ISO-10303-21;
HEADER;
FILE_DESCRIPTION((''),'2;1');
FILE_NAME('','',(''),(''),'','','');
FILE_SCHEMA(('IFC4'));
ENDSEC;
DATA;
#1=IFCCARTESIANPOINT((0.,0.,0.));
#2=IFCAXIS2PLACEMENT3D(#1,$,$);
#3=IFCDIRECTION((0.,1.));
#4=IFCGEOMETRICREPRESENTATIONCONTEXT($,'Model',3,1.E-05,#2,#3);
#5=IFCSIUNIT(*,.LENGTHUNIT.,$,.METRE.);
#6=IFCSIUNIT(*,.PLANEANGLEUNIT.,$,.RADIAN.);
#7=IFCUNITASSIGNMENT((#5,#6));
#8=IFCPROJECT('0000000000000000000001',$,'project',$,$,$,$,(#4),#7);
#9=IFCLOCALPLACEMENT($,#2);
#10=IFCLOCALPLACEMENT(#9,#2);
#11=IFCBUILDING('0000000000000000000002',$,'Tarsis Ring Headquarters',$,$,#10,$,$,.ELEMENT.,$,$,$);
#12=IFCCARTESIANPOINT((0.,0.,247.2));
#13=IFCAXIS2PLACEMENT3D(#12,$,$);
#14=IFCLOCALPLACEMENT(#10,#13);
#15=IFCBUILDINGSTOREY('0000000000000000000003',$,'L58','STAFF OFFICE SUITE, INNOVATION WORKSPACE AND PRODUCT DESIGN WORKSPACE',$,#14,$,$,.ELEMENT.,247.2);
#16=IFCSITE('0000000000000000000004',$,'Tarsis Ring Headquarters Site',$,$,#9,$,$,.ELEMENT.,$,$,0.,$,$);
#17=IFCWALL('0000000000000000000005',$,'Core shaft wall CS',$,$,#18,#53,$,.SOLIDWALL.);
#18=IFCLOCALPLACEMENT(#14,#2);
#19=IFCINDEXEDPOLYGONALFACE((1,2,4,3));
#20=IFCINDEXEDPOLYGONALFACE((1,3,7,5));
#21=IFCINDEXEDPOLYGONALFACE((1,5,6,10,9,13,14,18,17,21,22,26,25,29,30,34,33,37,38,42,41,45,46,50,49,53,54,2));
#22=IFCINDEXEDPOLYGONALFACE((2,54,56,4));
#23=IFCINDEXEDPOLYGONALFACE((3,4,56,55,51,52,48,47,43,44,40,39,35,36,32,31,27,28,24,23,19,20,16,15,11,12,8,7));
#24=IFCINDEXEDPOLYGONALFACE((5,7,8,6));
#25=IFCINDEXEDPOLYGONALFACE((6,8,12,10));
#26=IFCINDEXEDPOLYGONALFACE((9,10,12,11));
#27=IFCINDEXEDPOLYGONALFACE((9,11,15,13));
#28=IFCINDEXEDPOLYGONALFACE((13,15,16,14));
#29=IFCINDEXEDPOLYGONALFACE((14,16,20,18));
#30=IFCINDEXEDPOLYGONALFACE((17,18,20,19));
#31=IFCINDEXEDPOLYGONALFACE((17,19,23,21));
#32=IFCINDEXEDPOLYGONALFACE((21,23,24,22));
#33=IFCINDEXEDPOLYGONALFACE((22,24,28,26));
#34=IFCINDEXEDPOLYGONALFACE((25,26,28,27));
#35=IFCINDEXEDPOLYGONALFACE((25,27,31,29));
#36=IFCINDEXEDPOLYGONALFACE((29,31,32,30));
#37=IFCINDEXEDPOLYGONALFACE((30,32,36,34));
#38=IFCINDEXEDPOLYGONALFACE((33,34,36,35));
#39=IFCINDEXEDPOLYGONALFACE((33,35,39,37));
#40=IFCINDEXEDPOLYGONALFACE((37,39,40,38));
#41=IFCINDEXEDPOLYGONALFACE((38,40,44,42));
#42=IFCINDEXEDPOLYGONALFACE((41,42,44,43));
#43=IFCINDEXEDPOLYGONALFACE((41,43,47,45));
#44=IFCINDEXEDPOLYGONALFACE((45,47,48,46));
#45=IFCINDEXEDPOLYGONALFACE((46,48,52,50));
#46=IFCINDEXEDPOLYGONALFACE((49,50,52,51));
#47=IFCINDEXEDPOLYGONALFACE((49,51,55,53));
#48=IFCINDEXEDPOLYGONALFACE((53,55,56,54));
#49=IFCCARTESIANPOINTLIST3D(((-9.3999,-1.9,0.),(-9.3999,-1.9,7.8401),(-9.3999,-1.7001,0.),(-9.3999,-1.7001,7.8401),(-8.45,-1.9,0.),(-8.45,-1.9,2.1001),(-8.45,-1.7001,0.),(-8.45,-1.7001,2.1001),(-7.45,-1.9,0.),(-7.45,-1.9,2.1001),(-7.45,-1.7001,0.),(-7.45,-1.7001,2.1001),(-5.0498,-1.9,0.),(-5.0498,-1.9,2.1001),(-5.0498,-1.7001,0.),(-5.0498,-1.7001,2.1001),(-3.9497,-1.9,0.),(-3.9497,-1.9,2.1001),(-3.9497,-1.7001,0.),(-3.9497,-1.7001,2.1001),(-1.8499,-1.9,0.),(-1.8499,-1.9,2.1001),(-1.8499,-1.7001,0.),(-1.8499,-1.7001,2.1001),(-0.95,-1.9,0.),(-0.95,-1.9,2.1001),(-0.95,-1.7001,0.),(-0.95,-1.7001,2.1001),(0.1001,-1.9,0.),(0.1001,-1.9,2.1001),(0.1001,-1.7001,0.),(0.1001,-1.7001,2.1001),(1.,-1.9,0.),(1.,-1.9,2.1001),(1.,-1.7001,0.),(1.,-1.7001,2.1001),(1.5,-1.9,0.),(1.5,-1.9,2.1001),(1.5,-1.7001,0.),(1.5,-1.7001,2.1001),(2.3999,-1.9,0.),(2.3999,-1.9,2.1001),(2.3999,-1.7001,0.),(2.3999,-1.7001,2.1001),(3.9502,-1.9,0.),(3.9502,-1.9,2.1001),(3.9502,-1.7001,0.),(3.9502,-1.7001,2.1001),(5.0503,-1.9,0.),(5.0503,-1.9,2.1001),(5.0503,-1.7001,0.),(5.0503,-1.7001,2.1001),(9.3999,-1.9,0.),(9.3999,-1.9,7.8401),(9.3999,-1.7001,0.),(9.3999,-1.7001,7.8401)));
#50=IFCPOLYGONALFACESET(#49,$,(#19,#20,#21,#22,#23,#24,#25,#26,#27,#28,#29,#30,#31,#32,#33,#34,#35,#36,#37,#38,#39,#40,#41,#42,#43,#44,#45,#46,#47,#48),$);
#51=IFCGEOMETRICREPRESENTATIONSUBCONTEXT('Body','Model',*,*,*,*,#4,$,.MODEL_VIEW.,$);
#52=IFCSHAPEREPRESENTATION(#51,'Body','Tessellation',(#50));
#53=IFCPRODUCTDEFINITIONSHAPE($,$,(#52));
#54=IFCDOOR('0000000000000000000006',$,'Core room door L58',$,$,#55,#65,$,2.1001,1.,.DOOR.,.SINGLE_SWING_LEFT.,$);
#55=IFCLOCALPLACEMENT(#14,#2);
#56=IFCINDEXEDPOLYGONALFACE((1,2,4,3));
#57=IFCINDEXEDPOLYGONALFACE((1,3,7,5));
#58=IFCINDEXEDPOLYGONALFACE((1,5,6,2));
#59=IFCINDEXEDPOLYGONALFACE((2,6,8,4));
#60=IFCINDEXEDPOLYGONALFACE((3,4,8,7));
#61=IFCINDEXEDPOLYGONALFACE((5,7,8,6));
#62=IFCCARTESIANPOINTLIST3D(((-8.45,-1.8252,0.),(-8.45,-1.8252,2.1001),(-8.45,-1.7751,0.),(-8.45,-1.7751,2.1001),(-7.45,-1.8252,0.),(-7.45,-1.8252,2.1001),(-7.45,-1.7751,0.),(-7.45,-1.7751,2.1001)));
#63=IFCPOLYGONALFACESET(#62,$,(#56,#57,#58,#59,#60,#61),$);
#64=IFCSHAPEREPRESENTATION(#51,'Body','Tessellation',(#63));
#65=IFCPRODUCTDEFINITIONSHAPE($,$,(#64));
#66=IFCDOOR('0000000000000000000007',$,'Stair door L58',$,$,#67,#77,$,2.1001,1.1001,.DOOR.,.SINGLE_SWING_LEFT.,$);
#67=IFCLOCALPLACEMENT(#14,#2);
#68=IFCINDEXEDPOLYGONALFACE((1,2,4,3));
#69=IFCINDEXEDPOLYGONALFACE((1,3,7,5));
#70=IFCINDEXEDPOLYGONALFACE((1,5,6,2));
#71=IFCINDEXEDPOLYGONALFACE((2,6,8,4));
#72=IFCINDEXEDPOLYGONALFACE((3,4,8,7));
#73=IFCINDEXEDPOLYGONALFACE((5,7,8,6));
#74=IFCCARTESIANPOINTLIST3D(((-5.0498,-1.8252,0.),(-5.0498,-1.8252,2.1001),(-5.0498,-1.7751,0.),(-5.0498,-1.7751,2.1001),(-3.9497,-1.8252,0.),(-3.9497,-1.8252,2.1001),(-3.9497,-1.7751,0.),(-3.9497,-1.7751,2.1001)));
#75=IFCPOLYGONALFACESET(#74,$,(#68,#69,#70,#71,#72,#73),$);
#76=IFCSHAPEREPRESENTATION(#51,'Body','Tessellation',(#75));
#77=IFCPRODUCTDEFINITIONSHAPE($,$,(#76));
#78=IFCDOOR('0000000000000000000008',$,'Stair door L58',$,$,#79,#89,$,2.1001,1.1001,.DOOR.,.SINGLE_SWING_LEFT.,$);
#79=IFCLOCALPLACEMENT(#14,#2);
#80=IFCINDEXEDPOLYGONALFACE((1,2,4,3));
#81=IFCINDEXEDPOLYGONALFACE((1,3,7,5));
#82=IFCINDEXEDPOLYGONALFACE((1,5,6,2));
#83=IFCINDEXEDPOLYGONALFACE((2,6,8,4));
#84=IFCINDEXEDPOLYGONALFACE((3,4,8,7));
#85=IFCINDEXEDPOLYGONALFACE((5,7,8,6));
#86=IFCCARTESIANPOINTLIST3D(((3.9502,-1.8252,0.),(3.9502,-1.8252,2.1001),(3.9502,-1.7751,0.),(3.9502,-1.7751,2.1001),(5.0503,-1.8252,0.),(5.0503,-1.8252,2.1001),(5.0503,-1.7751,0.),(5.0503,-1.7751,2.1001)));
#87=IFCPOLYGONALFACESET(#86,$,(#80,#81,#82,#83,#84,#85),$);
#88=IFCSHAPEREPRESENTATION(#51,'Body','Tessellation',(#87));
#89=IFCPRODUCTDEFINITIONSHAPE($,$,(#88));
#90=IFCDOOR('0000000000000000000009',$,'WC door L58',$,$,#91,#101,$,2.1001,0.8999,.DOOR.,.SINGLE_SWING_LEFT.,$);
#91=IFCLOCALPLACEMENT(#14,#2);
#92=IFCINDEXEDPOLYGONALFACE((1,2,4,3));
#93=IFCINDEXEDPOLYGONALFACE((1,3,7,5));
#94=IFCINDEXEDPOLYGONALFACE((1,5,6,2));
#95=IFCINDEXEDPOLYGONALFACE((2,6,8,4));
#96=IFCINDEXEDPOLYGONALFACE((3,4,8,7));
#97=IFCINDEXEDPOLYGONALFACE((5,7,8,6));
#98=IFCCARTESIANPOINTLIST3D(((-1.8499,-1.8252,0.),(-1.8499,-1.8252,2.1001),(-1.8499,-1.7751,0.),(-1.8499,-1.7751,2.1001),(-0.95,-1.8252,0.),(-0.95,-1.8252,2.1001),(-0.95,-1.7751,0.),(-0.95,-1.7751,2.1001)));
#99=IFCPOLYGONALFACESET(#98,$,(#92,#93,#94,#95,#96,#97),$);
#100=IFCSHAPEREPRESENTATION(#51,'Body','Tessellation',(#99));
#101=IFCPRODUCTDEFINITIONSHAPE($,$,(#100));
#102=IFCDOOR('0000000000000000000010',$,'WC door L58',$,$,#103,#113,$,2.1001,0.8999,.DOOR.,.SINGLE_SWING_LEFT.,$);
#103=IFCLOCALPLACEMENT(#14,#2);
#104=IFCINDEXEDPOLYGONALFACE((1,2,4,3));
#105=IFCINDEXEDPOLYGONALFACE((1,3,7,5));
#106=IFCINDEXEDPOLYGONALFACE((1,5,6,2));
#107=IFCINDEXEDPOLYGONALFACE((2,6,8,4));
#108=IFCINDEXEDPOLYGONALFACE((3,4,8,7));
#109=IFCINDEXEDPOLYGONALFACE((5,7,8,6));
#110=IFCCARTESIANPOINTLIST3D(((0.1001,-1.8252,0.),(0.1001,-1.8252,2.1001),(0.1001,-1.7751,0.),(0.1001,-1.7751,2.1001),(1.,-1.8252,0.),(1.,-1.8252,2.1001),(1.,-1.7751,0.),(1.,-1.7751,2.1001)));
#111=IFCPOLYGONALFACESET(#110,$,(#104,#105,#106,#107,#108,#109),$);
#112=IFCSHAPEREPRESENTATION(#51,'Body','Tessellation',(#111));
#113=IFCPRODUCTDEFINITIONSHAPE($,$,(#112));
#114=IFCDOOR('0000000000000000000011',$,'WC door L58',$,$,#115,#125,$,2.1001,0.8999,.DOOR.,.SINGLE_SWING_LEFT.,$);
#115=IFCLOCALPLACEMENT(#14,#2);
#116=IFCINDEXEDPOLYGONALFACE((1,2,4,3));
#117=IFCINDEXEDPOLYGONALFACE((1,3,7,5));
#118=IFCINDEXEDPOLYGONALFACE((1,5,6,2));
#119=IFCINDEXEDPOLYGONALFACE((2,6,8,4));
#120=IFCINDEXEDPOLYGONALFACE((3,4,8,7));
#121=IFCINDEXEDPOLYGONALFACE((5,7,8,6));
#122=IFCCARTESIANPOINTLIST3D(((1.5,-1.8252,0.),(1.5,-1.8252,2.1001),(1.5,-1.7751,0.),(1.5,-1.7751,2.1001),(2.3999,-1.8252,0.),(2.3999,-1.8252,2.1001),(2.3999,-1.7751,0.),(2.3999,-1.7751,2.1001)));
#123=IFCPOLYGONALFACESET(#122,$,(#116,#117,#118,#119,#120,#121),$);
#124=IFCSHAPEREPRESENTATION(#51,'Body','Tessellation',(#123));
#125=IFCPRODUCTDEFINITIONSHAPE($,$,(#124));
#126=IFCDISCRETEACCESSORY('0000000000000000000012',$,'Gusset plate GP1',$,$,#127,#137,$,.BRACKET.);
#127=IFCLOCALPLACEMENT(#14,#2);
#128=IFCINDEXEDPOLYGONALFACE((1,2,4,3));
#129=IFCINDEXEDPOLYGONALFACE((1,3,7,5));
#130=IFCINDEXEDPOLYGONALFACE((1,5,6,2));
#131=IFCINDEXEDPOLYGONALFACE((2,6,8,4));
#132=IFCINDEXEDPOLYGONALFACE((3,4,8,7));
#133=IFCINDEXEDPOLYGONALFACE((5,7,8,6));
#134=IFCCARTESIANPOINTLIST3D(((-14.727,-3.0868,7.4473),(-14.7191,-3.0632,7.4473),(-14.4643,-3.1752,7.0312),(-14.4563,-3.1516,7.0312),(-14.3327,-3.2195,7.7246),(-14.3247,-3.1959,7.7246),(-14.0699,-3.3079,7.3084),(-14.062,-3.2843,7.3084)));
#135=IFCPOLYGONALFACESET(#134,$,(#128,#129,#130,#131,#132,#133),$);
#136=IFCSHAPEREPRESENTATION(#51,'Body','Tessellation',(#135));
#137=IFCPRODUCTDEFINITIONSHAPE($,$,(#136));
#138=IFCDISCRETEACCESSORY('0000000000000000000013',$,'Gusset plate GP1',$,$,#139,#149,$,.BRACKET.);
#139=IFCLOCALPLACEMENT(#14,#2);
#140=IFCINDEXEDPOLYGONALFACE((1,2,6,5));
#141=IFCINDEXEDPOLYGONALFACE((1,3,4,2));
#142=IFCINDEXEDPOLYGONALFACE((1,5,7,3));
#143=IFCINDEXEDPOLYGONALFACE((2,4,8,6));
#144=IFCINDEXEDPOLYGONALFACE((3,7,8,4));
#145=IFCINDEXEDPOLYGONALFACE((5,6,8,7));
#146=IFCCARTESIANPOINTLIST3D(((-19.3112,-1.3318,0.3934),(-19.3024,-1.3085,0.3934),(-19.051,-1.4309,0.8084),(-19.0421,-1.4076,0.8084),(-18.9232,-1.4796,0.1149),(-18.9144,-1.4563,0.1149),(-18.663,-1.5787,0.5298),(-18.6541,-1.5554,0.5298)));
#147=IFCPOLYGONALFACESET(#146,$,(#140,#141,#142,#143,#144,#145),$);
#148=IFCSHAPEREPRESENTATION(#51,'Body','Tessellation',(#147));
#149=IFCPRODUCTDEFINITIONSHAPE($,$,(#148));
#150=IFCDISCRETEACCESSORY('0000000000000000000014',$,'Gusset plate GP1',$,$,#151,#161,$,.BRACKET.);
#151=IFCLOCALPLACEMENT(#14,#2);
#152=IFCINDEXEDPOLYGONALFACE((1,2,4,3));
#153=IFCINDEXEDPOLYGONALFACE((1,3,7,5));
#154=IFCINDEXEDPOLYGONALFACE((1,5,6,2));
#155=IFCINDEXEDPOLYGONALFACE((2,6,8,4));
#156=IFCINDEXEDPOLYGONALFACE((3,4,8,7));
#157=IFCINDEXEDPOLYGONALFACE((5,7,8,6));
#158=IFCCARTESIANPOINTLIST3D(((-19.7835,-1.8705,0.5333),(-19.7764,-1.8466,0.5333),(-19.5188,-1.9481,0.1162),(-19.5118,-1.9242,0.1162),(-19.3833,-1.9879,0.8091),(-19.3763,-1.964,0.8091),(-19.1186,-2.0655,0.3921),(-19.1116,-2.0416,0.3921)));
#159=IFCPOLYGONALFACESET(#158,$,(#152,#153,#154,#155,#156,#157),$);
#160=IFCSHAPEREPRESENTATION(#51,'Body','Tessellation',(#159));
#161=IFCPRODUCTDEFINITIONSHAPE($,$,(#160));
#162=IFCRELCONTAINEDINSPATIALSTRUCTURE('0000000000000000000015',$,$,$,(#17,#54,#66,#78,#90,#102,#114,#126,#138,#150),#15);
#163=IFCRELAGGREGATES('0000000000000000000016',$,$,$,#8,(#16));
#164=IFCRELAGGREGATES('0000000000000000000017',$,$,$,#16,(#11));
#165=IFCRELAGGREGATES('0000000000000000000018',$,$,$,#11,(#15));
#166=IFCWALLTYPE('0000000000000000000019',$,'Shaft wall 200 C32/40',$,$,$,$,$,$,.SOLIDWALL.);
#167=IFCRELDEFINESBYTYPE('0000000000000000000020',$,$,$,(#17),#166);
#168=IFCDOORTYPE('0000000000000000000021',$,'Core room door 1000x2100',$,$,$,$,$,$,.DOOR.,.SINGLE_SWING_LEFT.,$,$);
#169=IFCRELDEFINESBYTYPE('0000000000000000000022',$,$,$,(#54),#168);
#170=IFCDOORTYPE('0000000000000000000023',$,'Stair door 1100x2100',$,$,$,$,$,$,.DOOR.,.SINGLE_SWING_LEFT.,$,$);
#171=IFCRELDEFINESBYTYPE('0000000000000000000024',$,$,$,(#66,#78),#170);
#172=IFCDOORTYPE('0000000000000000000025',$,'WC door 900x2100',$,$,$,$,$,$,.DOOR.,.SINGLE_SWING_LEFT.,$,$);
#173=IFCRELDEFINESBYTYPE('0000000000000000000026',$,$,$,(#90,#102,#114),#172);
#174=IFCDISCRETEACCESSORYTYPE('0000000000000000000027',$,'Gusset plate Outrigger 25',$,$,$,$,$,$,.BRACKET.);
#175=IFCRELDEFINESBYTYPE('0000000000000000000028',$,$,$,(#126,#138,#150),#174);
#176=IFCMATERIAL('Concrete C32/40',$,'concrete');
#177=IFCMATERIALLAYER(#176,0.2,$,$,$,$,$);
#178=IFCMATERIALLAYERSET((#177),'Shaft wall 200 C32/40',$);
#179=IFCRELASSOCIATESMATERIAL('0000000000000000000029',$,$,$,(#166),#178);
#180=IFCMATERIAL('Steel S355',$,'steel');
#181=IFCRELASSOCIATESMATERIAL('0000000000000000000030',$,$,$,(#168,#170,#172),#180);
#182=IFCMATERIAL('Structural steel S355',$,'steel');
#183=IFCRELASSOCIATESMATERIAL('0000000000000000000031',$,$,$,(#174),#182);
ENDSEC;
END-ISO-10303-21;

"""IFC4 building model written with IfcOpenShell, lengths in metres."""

from ifc_helpers import new_model, si_unit, direction, frame, frame_2d, origin, origin_2d, place, context, subcontext, project, spatial, rectangle, extrude, material, layer, layer_set, material_profile, profile_set, type_object, element, fill, save


model = new_model("IFC4")

# Units and contexts
model_context = context("Model", 3, precision=1e-05, world=origin(), true_north=direction((0.0, 1.0)))
body_context = subcontext(model_context, "Body", "Model", "MODEL_VIEW")
ifc_project = project(units=[si_unit("LENGTHUNIT", "METRE"), si_unit("PLANEANGLEUNIT", "RADIAN")], contexts=[model_context])

# Site, building, storey
site_placement = place(None, origin())
site = spatial("IfcSite", under=ifc_project, at=site_placement, Name="Tarsis Ring Headquarters Site", CompositionType="ELEMENT", RefElevation=0.0)
building_placement = place(site_placement, origin())
building = spatial("IfcBuilding", under=site, at=building_placement, Name="Tarsis Ring Headquarters", CompositionType="ELEMENT")
storey_placement = place(building_placement, frame((0.0, 0.0, 247.2)))
storey = spatial("IfcBuildingStorey", under=building, at=storey_placement, Name="L58", Description="STAFF OFFICE SUITE, INNOVATION WORKSPACE AND PRODUCT DESIGN WORKSPACE", CompositionType="ELEMENT", Elevation=247.2)

# Shared definitions
ifc_material_1 = material(Name="Structural steel S355", Category="steel")

# Wall, openings, doors
ifc_material_2 = material(Name="Concrete C32/40", Category="concrete")
ifc_layer_1 = layer(ifc_material_2, 0.2)
ifc_layer_set_1 = layer_set([ifc_layer_1], Name="Shaft wall 200 C32/40")
wall_type_1 = type_object("IfcWallType", Name="Shaft wall 200 C32/40", PredefinedType="SOLIDWALL", material=ifc_layer_set_1)
wall_1_placement = place(storey_placement, frame((-9.3999, -1.8, 0.0), z_axis=(0.0, 0.0, 1.0), x_axis=(1.0, 0.0, 0.0)))
wall_1 = element("IfcWall", 1, at=wall_1_placement, inside=storey, type_object=wall_type_1, Name="Core shaft wall CS", PredefinedType="SOLIDWALL", context=body_context, shape_type="SweptSolid", body=[
    extrude(rectangle(XDim=18.7998, YDim=0.2, at=frame_2d((9.3999, 0.0))), origin(), (0.0, 0.0, 1.0), 7.8401),
])
opening_1_placement = place(wall_1_placement, frame((0.95, 0.0, 0.0)))
opening_1 = element("IfcOpeningElement", 2, at=opening_1_placement, cuts=wall_1, PredefinedType="OPENING", context=body_context, shape_type="SweptSolid", body=[
    extrude(rectangle(XDim=1.0, YDim=2.1001, at=frame_2d((0.5, 1.05))), frame((0.0, 0.1099, 0.0), z_axis=(0.0, -1.0, 0.0), x_axis=(1.0, 0.0, 0.0)), (0.0, 0.0, 1.0), 0.22),
])
opening_2_placement = place(wall_1_placement, frame((4.3501, 0.0, 0.0)))
opening_2 = element("IfcOpeningElement", 3, at=opening_2_placement, cuts=wall_1, PredefinedType="OPENING", context=body_context, shape_type="SweptSolid", body=[
    extrude(rectangle(XDim=1.1001, YDim=2.1001, at=frame_2d((0.55, 1.05))), frame((0.0, 0.1099, 0.0), z_axis=(0.0, -1.0, 0.0), x_axis=(1.0, 0.0, 0.0)), (0.0, 0.0, 1.0), 0.22),
])
opening_3_placement = place(wall_1_placement, frame((7.55, 0.0, 0.0)))
opening_3 = element("IfcOpeningElement", 4, at=opening_3_placement, cuts=wall_1, PredefinedType="OPENING", context=body_context, shape_type="SweptSolid", body=[
    extrude(rectangle(XDim=0.8999, YDim=2.1001, at=frame_2d((0.45, 1.05))), frame((0.0, 0.1099, 0.0), z_axis=(0.0, -1.0, 0.0), x_axis=(1.0, 0.0, 0.0)), (0.0, 0.0, 1.0), 0.22),
])
opening_4_placement = place(wall_1_placement, frame((9.5, 0.0, 0.0)))
opening_4 = element("IfcOpeningElement", 5, at=opening_4_placement, cuts=wall_1, PredefinedType="OPENING", context=body_context, shape_type="SweptSolid", body=[
    extrude(rectangle(XDim=0.8999, YDim=2.1001, at=frame_2d((0.45, 1.05))), frame((0.0, 0.1099, 0.0), z_axis=(0.0, -1.0, 0.0), x_axis=(1.0, 0.0, 0.0)), (0.0, 0.0, 1.0), 0.22),
])
opening_5_placement = place(wall_1_placement, frame((10.8999, 0.0, 0.0)))
opening_5 = element("IfcOpeningElement", 6, at=opening_5_placement, cuts=wall_1, PredefinedType="OPENING", context=body_context, shape_type="SweptSolid", body=[
    extrude(rectangle(XDim=0.8999, YDim=2.1001, at=frame_2d((0.45, 1.05))), frame((0.0, 0.1099, 0.0), z_axis=(0.0, -1.0, 0.0), x_axis=(1.0, 0.0, 0.0)), (0.0, 0.0, 1.0), 0.22),
])
opening_6_placement = place(wall_1_placement, frame((13.3501, 0.0, 0.0)))
opening_6 = element("IfcOpeningElement", 7, at=opening_6_placement, cuts=wall_1, PredefinedType="OPENING", context=body_context, shape_type="SweptSolid", body=[
    extrude(rectangle(XDim=1.1001, YDim=2.1001, at=frame_2d((0.55, 1.05))), frame((0.0, 0.1099, 0.0), z_axis=(0.0, -1.0, 0.0), x_axis=(1.0, 0.0, 0.0)), (0.0, 0.0, 1.0), 0.22),
])
ifc_material_3 = material(Name="Steel S355", Category="steel")
door_type_1 = type_object("IfcDoorType", Name="Core room door 1000x2100", OperationType="SINGLE_SWING_LEFT", PredefinedType="DOOR", material=ifc_material_3)
door_1_placement = place(opening_1_placement, origin())
door_1 = element("IfcDoor", 8, at=door_1_placement, inside=storey, type_object=door_type_1, Name="Core room door L58", OperationType="SINGLE_SWING_LEFT", OverallHeight=2.1001, OverallWidth=1.0, PredefinedType="DOOR", context=body_context, shape_type="SweptSolid", body=[
    extrude(rectangle(XDim=1.0, YDim=2.1001, at=frame_2d((0.5, 1.05))), frame((0.0, 0.0249, 0.0), z_axis=(0.0, -1.0, 0.0), x_axis=(1.0, 0.0, 0.0)), (0.0, 0.0, 1.0), 0.05),
])
fill(opening_1, door_1)
door_type_2 = type_object("IfcDoorType", Name="Stair door 1100x2100", OperationType="SINGLE_SWING_LEFT", PredefinedType="DOOR", material=ifc_material_3)
door_2_placement = place(opening_2_placement, origin())
door_2 = element("IfcDoor", 9, at=door_2_placement, inside=storey, type_object=door_type_2, Name="Stair door L58", OperationType="SINGLE_SWING_LEFT", OverallHeight=2.1001, OverallWidth=1.1001, PredefinedType="DOOR", context=body_context, shape_type="SweptSolid", body=[
    extrude(rectangle(XDim=1.1001, YDim=2.1001, at=frame_2d((0.55, 1.05))), frame((0.0, 0.0249, 0.0), z_axis=(0.0, -1.0, 0.0), x_axis=(1.0, 0.0, 0.0)), (0.0, 0.0, 1.0), 0.05),
])
fill(opening_2, door_2)
door_3_placement = place(opening_6_placement, origin())
door_3 = element("IfcDoor", 10, at=door_3_placement, inside=storey, type_object=door_type_2, Name="Stair door L58", OperationType="SINGLE_SWING_LEFT", OverallHeight=2.1001, OverallWidth=1.1001, PredefinedType="DOOR", context=body_context, shape_type="SweptSolid", body=[
    extrude(rectangle(XDim=1.1001, YDim=2.1001, at=frame_2d((0.55, 1.05))), frame((0.0, 0.0249, 0.0), z_axis=(0.0, -1.0, 0.0), x_axis=(1.0, 0.0, 0.0)), (0.0, 0.0, 1.0), 0.05),
])
fill(opening_6, door_3)
door_type_3 = type_object("IfcDoorType", Name="WC door 900x2100", OperationType="SINGLE_SWING_LEFT", PredefinedType="DOOR", material=ifc_material_3)
door_4_placement = place(opening_3_placement, origin())
door_4 = element("IfcDoor", 11, at=door_4_placement, inside=storey, type_object=door_type_3, Name="WC door L58", OperationType="SINGLE_SWING_LEFT", OverallHeight=2.1001, OverallWidth=0.8999, PredefinedType="DOOR", context=body_context, shape_type="SweptSolid", body=[
    extrude(rectangle(XDim=0.8999, YDim=2.1001, at=frame_2d((0.45, 1.05))), frame((0.0, 0.0249, 0.0), z_axis=(0.0, -1.0, 0.0), x_axis=(1.0, 0.0, 0.0)), (0.0, 0.0, 1.0), 0.05),
])
fill(opening_3, door_4)
door_5_placement = place(opening_4_placement, origin())
door_5 = element("IfcDoor", 12, at=door_5_placement, inside=storey, type_object=door_type_3, Name="WC door L58", OperationType="SINGLE_SWING_LEFT", OverallHeight=2.1001, OverallWidth=0.8999, PredefinedType="DOOR", context=body_context, shape_type="SweptSolid", body=[
    extrude(rectangle(XDim=0.8999, YDim=2.1001, at=frame_2d((0.45, 1.05))), frame((0.0, 0.0249, 0.0), z_axis=(0.0, -1.0, 0.0), x_axis=(1.0, 0.0, 0.0)), (0.0, 0.0, 1.0), 0.05),
])
fill(opening_4, door_5)
door_6_placement = place(opening_5_placement, origin())
door_6 = element("IfcDoor", 13, at=door_6_placement, inside=storey, type_object=door_type_3, Name="WC door L58", OperationType="SINGLE_SWING_LEFT", OverallHeight=2.1001, OverallWidth=0.8999, PredefinedType="DOOR", context=body_context, shape_type="SweptSolid", body=[
    extrude(rectangle(XDim=0.8999, YDim=2.1001, at=frame_2d((0.45, 1.05))), frame((0.0, 0.0249, 0.0), z_axis=(0.0, -1.0, 0.0), x_axis=(1.0, 0.0, 0.0)), (0.0, 0.0, 1.0), 0.05),
])
fill(opening_5, door_6)

# Discrete accessories
ifc_material_profile_1 = material_profile(ifc_material_1, rectangle(XDim=0.0249, YDim=0.5, at=origin_2d()), Name="PL 25x500")
ifc_profile_set_1 = profile_set([ifc_material_profile_1], Name="Structural steel S355")
discrete_accessory_type = type_object("IfcDiscreteAccessoryType", Name="Gusset plate Outrigger 25", PredefinedType="BRACKET", material=ifc_profile_set_1)
discrete_accessory_1_placement = place(storey_placement, frame((-14.5259, -3.1414, 7.5859), z_axis=(0.525508, -0.176797, -0.832217), x_axis=(0.318869, 0.947799, 0.0)))
element("IfcDiscreteAccessory", 14, at=discrete_accessory_1_placement, inside=storey, type_object=discrete_accessory_type, Name="Gusset plate GP1", PredefinedType="BRACKET", context=body_context, shape_type="SweptSolid", body=[
    extrude(rectangle(XDim=0.0249, YDim=0.5, at=origin_2d()), origin(), (0.0, 0.0, 1.0), 0.5),
])
discrete_accessory_2_placement = place(storey_placement, frame((-19.1128, -1.394, 0.2542), z_axis=(0.520701, -0.198316, 0.830386), x_axis=(0.355922, 0.934516, 0.0)))
element("IfcDiscreteAccessory", 15, at=discrete_accessory_2_placement, inside=storey, type_object=discrete_accessory_type, Name="Gusset plate GP1", PredefinedType="BRACKET", context=body_context, shape_type="SweptSolid", body=[
    extrude(rectangle(XDim=0.0249, YDim=0.5, at=origin_2d()), origin(), (0.0, 0.0, 1.0), 0.4998),
])
discrete_accessory_3_placement = place(storey_placement, frame((-19.3152, -1.9949, 0.2542), z_axis=(-0.529351, 0.155289, 0.83407), x_axis=(-0.281495, -0.959563, 0.0)))
element("IfcDiscreteAccessory", 16, at=discrete_accessory_3_placement, inside=storey, type_object=discrete_accessory_type, Name="Gusset plate GP1", PredefinedType="BRACKET", context=body_context, shape_type="SweptSolid", body=[
    extrude(rectangle(XDim=0.0249, YDim=0.5, at=origin_2d()), origin(), (0.0, 0.0, 1.0), 0.5),
])

save(model, "model.ifc")
